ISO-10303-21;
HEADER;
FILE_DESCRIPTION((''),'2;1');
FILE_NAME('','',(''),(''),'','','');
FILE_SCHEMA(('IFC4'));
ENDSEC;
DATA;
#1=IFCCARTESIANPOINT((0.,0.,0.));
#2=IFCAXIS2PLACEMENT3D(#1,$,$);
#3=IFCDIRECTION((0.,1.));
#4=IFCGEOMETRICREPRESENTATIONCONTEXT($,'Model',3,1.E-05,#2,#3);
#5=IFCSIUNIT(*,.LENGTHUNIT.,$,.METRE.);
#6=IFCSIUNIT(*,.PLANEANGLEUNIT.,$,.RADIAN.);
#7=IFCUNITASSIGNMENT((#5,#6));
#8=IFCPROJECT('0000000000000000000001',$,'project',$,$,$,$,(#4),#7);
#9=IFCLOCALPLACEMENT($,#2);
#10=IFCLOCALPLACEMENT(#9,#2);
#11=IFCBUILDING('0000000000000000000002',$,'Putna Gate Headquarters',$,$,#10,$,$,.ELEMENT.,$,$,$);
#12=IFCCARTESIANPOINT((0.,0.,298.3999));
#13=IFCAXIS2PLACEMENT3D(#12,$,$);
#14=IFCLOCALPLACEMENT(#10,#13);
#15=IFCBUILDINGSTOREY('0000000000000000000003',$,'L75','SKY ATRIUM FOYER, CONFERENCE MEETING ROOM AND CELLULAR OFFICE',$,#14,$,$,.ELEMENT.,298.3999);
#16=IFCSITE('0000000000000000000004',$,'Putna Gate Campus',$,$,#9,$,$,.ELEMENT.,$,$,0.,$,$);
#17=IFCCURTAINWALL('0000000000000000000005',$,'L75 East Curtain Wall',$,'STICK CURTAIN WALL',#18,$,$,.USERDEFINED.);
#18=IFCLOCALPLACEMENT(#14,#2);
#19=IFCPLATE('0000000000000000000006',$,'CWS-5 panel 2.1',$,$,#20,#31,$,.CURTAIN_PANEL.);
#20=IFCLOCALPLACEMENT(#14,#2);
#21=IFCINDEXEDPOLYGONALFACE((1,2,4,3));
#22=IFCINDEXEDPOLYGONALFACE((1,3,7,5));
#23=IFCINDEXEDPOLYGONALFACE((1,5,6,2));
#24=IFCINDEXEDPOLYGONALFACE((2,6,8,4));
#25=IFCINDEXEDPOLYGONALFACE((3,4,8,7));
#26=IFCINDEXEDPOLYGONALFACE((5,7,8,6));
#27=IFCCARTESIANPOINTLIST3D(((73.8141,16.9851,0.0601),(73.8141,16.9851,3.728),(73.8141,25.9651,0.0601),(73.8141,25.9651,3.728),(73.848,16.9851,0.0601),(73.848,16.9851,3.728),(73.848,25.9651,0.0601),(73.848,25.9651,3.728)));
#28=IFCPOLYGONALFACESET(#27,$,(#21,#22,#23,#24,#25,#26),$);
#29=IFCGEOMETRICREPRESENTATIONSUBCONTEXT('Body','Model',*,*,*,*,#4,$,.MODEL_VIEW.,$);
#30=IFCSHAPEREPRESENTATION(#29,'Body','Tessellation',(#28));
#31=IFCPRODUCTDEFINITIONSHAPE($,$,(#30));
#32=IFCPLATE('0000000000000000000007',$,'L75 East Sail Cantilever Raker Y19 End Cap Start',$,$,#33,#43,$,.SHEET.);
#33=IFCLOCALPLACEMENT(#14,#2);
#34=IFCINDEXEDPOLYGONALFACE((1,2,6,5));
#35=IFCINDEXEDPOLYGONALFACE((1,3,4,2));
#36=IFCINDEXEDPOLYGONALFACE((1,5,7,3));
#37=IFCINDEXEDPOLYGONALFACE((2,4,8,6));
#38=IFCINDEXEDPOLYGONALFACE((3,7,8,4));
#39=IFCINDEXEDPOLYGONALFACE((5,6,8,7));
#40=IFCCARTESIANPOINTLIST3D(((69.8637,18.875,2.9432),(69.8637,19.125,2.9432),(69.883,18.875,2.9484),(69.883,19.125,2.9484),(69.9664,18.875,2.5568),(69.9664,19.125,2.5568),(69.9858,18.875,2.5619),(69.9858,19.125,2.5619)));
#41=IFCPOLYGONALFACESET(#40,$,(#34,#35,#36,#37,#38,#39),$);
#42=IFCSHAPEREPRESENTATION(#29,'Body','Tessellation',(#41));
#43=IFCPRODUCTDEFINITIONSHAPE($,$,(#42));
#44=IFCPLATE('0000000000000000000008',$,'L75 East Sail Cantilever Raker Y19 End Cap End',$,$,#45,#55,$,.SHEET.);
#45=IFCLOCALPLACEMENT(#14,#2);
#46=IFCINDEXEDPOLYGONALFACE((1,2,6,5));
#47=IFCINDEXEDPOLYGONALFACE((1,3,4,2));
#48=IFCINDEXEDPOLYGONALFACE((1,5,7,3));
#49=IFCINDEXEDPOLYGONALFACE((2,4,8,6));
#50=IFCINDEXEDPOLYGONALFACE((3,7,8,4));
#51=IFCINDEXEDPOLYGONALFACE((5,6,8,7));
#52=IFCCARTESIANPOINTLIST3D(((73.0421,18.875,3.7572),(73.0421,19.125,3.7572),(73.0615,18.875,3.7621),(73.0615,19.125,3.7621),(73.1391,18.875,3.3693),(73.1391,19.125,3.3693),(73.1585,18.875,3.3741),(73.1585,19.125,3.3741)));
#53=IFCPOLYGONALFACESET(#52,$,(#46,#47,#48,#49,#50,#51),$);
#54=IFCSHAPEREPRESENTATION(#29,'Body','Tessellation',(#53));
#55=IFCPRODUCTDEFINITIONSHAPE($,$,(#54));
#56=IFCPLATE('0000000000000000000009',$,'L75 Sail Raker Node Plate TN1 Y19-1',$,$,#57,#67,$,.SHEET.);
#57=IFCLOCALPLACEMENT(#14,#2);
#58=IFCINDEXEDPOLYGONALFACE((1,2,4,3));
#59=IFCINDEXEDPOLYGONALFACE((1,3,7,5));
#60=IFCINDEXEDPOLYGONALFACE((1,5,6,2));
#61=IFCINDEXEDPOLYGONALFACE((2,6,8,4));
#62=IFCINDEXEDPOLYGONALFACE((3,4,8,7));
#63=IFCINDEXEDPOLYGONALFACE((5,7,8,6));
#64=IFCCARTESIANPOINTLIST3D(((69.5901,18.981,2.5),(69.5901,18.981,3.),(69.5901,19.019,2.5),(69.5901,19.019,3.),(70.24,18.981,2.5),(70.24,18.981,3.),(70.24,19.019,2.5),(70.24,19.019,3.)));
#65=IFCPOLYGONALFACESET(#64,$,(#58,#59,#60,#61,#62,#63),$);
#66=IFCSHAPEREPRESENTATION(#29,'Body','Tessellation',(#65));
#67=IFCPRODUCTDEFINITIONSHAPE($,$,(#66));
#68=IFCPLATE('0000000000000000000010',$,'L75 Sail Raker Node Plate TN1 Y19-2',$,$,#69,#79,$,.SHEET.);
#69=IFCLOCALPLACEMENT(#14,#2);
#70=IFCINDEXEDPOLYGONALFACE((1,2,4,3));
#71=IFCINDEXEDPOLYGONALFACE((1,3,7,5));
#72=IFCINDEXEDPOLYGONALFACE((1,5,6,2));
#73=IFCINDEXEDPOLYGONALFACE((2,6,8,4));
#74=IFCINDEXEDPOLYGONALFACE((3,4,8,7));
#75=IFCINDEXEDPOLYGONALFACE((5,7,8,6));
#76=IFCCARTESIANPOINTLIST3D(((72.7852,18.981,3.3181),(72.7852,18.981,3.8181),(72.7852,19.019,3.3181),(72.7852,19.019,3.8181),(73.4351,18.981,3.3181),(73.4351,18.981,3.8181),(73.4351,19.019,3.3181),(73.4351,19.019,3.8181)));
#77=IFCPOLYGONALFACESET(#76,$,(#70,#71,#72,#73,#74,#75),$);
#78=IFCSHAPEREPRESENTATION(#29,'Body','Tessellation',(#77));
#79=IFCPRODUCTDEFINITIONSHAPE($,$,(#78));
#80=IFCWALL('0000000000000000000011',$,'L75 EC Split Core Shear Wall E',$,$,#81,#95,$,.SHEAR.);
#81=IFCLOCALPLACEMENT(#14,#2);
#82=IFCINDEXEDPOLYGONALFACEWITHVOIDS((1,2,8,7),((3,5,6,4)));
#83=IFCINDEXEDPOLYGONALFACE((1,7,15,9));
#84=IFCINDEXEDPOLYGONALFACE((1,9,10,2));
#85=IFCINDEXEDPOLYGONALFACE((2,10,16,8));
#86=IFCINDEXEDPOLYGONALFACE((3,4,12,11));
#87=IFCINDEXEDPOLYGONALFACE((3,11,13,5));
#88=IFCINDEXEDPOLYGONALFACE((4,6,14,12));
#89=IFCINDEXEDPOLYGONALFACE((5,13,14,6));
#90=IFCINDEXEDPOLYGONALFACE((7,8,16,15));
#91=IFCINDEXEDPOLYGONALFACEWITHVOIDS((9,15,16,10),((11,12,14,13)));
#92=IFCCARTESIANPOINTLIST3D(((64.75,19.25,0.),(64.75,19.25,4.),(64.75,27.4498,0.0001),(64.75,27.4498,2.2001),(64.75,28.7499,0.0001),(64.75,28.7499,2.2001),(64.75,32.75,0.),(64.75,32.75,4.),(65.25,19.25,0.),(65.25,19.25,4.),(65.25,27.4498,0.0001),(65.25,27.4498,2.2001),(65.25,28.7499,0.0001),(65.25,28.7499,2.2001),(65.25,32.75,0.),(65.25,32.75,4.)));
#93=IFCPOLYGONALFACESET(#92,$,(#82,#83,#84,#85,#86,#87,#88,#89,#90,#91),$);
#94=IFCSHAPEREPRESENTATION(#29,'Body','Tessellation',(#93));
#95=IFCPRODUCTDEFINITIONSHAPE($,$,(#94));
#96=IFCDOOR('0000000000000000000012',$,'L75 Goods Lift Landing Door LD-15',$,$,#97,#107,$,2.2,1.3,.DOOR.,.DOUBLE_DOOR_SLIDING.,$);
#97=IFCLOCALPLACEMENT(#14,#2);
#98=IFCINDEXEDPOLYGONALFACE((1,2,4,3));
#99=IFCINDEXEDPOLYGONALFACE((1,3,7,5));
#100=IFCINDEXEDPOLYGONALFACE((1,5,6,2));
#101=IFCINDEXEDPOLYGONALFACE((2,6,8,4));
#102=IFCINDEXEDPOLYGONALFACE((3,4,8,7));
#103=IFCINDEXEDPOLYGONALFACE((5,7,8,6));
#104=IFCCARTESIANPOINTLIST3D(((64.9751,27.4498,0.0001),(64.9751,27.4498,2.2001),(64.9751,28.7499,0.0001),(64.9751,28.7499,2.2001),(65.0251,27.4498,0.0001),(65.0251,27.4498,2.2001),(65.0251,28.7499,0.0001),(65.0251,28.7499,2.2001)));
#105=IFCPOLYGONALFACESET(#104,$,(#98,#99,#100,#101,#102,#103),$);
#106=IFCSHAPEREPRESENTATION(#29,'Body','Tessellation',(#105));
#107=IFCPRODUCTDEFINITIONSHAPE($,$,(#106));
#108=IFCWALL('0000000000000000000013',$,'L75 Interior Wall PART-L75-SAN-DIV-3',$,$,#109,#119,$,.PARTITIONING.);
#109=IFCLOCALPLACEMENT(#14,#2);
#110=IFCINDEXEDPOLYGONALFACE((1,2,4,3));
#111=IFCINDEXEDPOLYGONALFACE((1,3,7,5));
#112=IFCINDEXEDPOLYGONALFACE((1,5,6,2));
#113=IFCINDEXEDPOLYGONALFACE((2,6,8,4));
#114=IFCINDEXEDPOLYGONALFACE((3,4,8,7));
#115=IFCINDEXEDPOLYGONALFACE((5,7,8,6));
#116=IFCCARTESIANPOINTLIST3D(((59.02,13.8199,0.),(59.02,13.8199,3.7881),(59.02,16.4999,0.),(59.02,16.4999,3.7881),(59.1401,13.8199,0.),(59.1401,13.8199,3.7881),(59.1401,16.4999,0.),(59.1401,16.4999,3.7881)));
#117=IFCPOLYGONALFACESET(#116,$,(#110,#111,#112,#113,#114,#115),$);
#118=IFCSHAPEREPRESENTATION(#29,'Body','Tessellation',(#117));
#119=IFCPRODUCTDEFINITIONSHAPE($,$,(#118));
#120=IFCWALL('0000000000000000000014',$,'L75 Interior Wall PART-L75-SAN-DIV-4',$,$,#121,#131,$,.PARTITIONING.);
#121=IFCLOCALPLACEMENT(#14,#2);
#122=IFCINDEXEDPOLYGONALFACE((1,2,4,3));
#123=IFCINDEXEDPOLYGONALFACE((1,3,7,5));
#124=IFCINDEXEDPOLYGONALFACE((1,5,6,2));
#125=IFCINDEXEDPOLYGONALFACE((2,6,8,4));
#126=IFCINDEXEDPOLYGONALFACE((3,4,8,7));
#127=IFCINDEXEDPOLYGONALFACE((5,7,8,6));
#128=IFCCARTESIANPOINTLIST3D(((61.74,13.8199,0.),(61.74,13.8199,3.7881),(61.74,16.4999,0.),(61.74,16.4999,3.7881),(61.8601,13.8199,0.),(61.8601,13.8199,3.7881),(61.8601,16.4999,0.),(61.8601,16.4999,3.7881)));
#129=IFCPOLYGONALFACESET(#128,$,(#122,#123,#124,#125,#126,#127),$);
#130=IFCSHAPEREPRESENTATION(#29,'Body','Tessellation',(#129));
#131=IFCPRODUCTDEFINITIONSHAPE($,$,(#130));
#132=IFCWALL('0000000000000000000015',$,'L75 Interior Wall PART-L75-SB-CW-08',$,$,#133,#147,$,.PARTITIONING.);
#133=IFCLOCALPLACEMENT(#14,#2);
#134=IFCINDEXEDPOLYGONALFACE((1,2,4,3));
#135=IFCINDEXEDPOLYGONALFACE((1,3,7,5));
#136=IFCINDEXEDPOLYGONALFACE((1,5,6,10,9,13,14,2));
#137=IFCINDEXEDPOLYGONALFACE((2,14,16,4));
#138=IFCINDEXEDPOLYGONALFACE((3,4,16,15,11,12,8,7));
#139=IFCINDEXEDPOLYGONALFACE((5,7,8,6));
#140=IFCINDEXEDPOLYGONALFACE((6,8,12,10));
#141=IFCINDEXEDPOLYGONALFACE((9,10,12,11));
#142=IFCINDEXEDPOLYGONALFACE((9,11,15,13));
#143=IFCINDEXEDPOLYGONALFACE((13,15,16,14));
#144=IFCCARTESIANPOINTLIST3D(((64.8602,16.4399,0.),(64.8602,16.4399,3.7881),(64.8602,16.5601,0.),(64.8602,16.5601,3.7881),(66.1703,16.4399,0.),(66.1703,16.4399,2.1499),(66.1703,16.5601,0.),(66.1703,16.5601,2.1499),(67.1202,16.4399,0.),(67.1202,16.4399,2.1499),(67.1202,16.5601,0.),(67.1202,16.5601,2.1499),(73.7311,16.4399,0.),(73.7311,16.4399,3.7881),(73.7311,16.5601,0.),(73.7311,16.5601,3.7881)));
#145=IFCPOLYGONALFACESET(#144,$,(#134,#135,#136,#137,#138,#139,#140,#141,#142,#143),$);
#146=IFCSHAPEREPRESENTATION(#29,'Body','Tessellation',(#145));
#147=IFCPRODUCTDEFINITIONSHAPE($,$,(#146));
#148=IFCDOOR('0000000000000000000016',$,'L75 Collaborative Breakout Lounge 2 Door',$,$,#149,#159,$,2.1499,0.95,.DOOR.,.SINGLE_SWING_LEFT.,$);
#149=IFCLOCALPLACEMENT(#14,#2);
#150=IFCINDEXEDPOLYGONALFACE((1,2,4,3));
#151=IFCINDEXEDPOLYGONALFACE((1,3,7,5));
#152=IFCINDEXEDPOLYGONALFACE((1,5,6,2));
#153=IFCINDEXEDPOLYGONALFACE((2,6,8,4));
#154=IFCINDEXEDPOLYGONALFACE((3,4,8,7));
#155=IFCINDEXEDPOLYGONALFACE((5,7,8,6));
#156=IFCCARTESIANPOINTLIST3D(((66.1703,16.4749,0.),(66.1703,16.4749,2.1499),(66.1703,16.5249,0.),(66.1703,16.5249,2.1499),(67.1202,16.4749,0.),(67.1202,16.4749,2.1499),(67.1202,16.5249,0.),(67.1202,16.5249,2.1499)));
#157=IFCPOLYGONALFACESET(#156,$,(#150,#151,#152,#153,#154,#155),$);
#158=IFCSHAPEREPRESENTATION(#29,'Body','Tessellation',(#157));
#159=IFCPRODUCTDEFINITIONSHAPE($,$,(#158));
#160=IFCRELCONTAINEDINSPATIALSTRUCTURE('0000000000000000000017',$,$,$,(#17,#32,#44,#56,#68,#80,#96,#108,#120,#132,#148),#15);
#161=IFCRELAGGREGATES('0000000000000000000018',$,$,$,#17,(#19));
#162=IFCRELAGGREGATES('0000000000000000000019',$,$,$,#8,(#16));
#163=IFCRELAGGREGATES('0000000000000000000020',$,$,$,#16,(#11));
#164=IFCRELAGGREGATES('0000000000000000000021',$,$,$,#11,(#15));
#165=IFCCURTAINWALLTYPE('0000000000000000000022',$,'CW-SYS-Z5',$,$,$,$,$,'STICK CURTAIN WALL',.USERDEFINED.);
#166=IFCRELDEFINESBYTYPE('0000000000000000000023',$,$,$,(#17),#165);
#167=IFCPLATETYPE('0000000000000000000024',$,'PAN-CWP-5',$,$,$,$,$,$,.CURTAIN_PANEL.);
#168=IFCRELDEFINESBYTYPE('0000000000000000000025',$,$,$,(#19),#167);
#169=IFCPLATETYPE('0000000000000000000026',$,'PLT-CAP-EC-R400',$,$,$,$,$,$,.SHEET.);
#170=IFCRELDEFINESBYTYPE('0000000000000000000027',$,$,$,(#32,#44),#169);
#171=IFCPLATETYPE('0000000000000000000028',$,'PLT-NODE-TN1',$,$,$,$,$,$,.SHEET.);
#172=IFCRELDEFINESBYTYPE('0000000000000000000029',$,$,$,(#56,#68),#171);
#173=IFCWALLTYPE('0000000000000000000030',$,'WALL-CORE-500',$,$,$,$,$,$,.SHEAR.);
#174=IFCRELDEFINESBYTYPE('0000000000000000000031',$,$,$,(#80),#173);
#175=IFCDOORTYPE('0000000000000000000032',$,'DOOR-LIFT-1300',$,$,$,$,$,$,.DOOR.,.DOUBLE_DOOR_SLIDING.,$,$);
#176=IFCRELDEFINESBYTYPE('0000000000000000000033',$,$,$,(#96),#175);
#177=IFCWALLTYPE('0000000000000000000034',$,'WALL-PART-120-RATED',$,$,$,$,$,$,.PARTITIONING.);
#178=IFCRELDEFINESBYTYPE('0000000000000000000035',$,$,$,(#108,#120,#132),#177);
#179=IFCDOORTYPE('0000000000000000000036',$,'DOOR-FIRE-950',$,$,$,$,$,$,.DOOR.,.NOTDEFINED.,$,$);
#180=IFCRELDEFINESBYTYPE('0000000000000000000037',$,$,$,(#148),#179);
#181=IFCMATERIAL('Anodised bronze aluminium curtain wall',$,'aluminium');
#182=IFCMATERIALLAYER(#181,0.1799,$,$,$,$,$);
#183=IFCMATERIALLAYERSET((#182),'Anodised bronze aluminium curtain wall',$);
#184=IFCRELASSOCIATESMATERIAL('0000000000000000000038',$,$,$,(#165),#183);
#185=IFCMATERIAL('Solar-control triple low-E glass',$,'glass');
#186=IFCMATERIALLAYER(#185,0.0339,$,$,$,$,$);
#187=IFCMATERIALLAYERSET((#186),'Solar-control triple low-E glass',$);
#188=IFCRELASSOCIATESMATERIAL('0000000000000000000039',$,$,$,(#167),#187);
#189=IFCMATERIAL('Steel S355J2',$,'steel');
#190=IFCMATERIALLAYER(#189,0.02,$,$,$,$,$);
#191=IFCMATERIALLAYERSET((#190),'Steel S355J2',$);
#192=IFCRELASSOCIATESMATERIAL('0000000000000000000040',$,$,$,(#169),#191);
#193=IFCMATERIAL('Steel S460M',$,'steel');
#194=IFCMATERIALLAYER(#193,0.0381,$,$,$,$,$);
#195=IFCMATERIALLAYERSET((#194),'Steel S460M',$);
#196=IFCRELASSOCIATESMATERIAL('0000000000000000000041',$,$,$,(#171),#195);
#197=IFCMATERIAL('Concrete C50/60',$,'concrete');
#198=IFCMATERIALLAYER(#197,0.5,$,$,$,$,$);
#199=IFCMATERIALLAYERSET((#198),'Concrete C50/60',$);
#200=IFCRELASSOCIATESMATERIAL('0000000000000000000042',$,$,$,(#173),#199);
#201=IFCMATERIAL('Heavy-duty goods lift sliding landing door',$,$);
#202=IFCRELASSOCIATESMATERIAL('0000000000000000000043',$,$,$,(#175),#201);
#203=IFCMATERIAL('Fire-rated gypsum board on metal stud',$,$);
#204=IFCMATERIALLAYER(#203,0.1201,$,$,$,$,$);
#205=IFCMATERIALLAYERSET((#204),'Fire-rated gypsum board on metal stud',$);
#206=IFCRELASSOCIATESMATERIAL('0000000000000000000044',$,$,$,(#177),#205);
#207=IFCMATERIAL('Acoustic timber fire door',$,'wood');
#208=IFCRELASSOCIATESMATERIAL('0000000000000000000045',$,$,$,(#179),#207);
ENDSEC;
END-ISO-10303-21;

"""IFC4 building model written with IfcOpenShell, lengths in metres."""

from ifc_helpers import new_model, si_unit, direction, frame, frame_2d, origin, origin_2d, place, context, subcontext, project, spatial, rectangle, extrude, material, layer, layer_set, type_object, element, fill, aggregate, save


model = new_model("IFC4")

# Units and contexts
model_context = context("Model", 3, precision=1e-05, world=origin(), true_north=direction((0.0, 1.0)))
body_context = subcontext(model_context, "Body", "Model", "MODEL_VIEW")
ifc_project = project(units=[si_unit("LENGTHUNIT", "METRE"), si_unit("PLANEANGLEUNIT", "RADIAN")], contexts=[model_context])

# Site, building, storey
site_placement = place(None, origin())
site = spatial("IfcSite", under=ifc_project, at=site_placement, Name="Putna Gate Campus", CompositionType="ELEMENT", RefElevation=0.0)
building_placement = place(site_placement, origin())
building = spatial("IfcBuilding", under=site, at=building_placement, Name="Putna Gate Headquarters", CompositionType="ELEMENT")
storey_placement = place(building_placement, frame((0.0, 0.0, 298.3999)))
storey = spatial("IfcBuildingStorey", under=building, at=storey_placement, Name="L75", Description="SKY ATRIUM FOYER, CONFERENCE MEETING ROOM AND CELLULAR OFFICE", CompositionType="ELEMENT", Elevation=298.3999)

# Shared definitions
ifc_material_1 = material(Name="Steel S460M", Category="steel")

# Shared definitions
ifc_material_2 = material(Name="Steel S355J2", Category="steel")

# Curtain wall, plate
ifc_material_3 = material(Name="Anodised bronze aluminium curtain wall", Category="aluminium")
ifc_layer_1 = layer(ifc_material_3, 0.1799)
ifc_layer_set_1 = layer_set([ifc_layer_1], Name="Anodised bronze aluminium curtain wall")
curtain_wall_type = type_object("IfcCurtainWallType", Name="CW-SYS-Z5", ElementType="STICK CURTAIN WALL", PredefinedType="USERDEFINED", material=ifc_layer_set_1)
curtain_wall_placement = place(storey_placement, origin())
curtain_wall = element("IfcCurtainWall", 1, at=curtain_wall_placement, inside=storey, type_object=curtain_wall_type, Name="L75 East Curtain Wall", ObjectType="STICK CURTAIN WALL", PredefinedType="USERDEFINED")
ifc_material_4 = material(Name="Solar-control triple low-E glass", Category="glass")
ifc_layer_2 = layer(ifc_material_4, 0.0339)
ifc_layer_set_2 = layer_set([ifc_layer_2], Name="Solar-control triple low-E glass")
plate_type_1 = type_object("IfcPlateType", Name="PAN-CWP-5", PredefinedType="CURTAIN_PANEL", material=ifc_layer_set_2)
plate_placement = place(storey_placement, frame((73.8311, 21.4751, 0.0601), z_axis=(0.0, 0.0, 1.0), x_axis=(0.0, 1.0, 0.0)))
plate = element("IfcPlate", 2, at=plate_placement, type_object=plate_type_1, Name="CWS-5 panel 2.1", PredefinedType="CURTAIN_PANEL", context=body_context, shape_type="SweptSolid", body=[
    extrude(rectangle(XDim=8.98, YDim=0.0339, at=origin_2d()), origin(), (0.0, 0.0, 1.0), 3.668),
])
aggregate(curtain_wall, [plate])

# Plates
ifc_layer_3 = layer(ifc_material_2, 0.02)
ifc_layer_set_3 = layer_set([ifc_layer_3], Name="Steel S355J2")
plate_type_2 = type_object("IfcPlateType", Name="PLT-CAP-EC-R400", PredefinedType="SHEET", material=ifc_layer_set_3)
for number, where, z_axis, x_axis, name in (
    (3, (69.915, 19.0, 2.75), (0.966438, 0.0, 0.256901), (0.0, 1.0, 0.0), "L75 East Sail Cantilever Raker Y19 End Cap Start"),
    (4, (73.0906, 19.0, 3.5632), (0.970143, 0.0, 0.242536), (0.0, 1.0, 0.0), "L75 East Sail Cantilever Raker Y19 End Cap End"),
):
    element("IfcPlate", number, at=place(storey_placement, frame(where, z_axis=z_axis, x_axis=x_axis)), inside=storey, type_object=plate_type_2, Name=name, PredefinedType="SHEET", context=body_context, shape_type="SweptSolid", body=[
        extrude(rectangle(XDim=0.25, YDim=0.3999, at=origin_2d()), origin(), (0.0, 0.0, 1.0), 0.02),
    ])
ifc_layer_4 = layer(ifc_material_1, 0.0381)
ifc_layer_set_4 = layer_set([ifc_layer_4], Name="Steel S460M")
plate_type_3 = type_object("IfcPlateType", Name="PLT-NODE-TN1", PredefinedType="SHEET", material=ifc_layer_set_4)
for number, where, z_axis, x_axis, name in (
    (5, (69.915, 19.0, 2.5), (0.0, 0.0, 1.0), (1.0, 0.0, 0.0), "L75 Sail Raker Node Plate TN1 Y19-1"),
    (6, (73.1101, 19.0, 3.3181), (0.0, 0.0, 1.0), (1.0, 0.0, 0.0), "L75 Sail Raker Node Plate TN1 Y19-2"),
):
    element("IfcPlate", number, at=place(storey_placement, frame(where, z_axis=z_axis, x_axis=x_axis)), inside=storey, type_object=plate_type_3, Name=name, PredefinedType="SHEET", context=body_context, shape_type="SweptSolid", body=[
        extrude(rectangle(XDim=0.6499, YDim=0.0381, at=origin_2d()), origin(), (0.0, 0.0, 1.0), 0.5),
    ])

# Wall, opening, door
ifc_material_5 = material(Name="Concrete C50/60", Category="concrete")
ifc_layer_5 = layer(ifc_material_5, 0.5)
ifc_layer_set_5 = layer_set([ifc_layer_5], Name="Concrete C50/60")
wall_type_1 = type_object("IfcWallType", Name="WALL-CORE-500", PredefinedType="SHEAR", material=ifc_layer_set_5)
wall_1_placement = place(storey_placement, frame((65.0, 19.25, 0.0), z_axis=(0.0, 0.0, 1.0), x_axis=(0.0, 1.0, 0.0)))
wall_1 = element("IfcWall", 7, at=wall_1_placement, inside=storey, type_object=wall_type_1, Name="L75 EC Split Core Shear Wall E", PredefinedType="SHEAR", context=body_context, shape_type="SweptSolid", body=[
    extrude(rectangle(XDim=13.5, YDim=0.5, at=frame_2d((6.75, 0.0))), origin(), (0.0, 0.0, 1.0), 4.0),
])
opening_1_placement = place(wall_1_placement, frame((8.2, 0.0, 0.0)))
opening_1 = element("IfcOpeningElement", 8, at=opening_1_placement, cuts=wall_1, PredefinedType="OPENING", context=body_context, shape_type="SweptSolid", body=[
    extrude(rectangle(XDim=1.3, YDim=2.2, at=frame_2d((0.6499, 1.1001))), frame((0.0, 0.26, 0.0), z_axis=(0.0, -1.0, 0.0), x_axis=(1.0, 0.0, 0.0)), (0.0, 0.0, 1.0), 0.52),
])
ifc_material_6 = material(Name="Heavy-duty goods lift sliding landing door")
door_type_1 = type_object("IfcDoorType", Name="DOOR-LIFT-1300", OperationType="DOUBLE_DOOR_SLIDING", PredefinedType="DOOR", material=ifc_material_6)
door_1_placement = place(opening_1_placement, origin())
door_1 = element("IfcDoor", 9, at=door_1_placement, inside=storey, type_object=door_type_1, Name="L75 Goods Lift Landing Door LD-15", OperationType="DOUBLE_DOOR_SLIDING", OverallHeight=2.2, OverallWidth=1.3, PredefinedType="DOOR", context=body_context, shape_type="SweptSolid", body=[
    extrude(rectangle(XDim=1.3, YDim=2.2, at=frame_2d((0.6499, 1.1001))), frame((0.0, 0.0249, 0.0), z_axis=(0.0, -1.0, 0.0), x_axis=(1.0, 0.0, 0.0)), (0.0, 0.0, 1.0), 0.05),
])
fill(opening_1, door_1)

# Walls
ifc_material_7 = material(Name="Fire-rated gypsum board on metal stud")
ifc_layer_6 = layer(ifc_material_7, 0.1201)
ifc_layer_set_6 = layer_set([ifc_layer_6], Name="Fire-rated gypsum board on metal stud")
wall_type_2 = type_object("IfcWallType", Name="WALL-PART-120-RATED", PredefinedType="PARTITIONING", material=ifc_layer_set_6)
for number, where, z_axis, x_axis, name in (
    (10, (59.0801, 13.8201, 0.0), (0.0, 0.0, 1.0), (0.0, 1.0, 0.0), "L75 Interior Wall PART-L75-SAN-DIV-3"),
    (11, (61.8, 13.8201, 0.0), (0.0, 0.0, 1.0), (0.0, 1.0, 0.0), "L75 Interior Wall PART-L75-SAN-DIV-4"),
):
    element("IfcWall", number, at=place(storey_placement, frame(where, z_axis=z_axis, x_axis=x_axis)), inside=storey, type_object=wall_type_2, Name=name, PredefinedType="PARTITIONING", context=body_context, shape_type="SweptSolid", body=[
        extrude(rectangle(XDim=2.6799, YDim=0.1201, at=frame_2d((1.3398, 0.0))), origin(), (0.0, 0.0, 1.0), 3.7881),
    ])

# Wall, opening, door
wall_2_placement = place(storey_placement, frame((64.8601, 16.5, 0.0), z_axis=(0.0, 0.0, 1.0), x_axis=(1.0, 0.0, 0.0)))
wall_2 = element("IfcWall", 12, at=wall_2_placement, inside=storey, type_object=wall_type_2, Name="L75 Interior Wall PART-L75-SB-CW-08", PredefinedType="PARTITIONING", context=body_context, shape_type="SweptSolid", body=[
    extrude(rectangle(XDim=8.8708, YDim=0.1201, at=frame_2d((4.4355, 0.0))), origin(), (0.0, 0.0, 1.0), 3.7881),
])
opening_2_placement = place(wall_2_placement, frame((1.3101, 0.0, 0.0)))
opening_2 = element("IfcOpeningElement", 13, at=opening_2_placement, cuts=wall_2, PredefinedType="OPENING", context=body_context, shape_type="SweptSolid", body=[
    extrude(rectangle(XDim=0.95, YDim=2.1499, at=frame_2d((0.4751, 1.075))), frame((0.0, 0.0701, 0.0), z_axis=(0.0, -1.0, 0.0), x_axis=(1.0, 0.0, 0.0)), (0.0, 0.0, 1.0), 0.1401),
])
ifc_material_8 = material(Name="Acoustic timber fire door", Category="wood")
door_type_2 = type_object("IfcDoorType", Name="DOOR-FIRE-950", OperationType="NOTDEFINED", PredefinedType="DOOR", material=ifc_material_8)
door_2_placement = place(opening_2_placement, origin())
door_2 = element("IfcDoor", 14, at=door_2_placement, inside=storey, type_object=door_type_2, Name="L75 Collaborative Breakout Lounge 2 Door", OperationType="SINGLE_SWING_LEFT", OverallHeight=2.1499, OverallWidth=0.95, PredefinedType="DOOR", context=body_context, shape_type="SweptSolid", body=[
    extrude(rectangle(XDim=0.95, YDim=2.1499, at=frame_2d((0.4751, 1.075))), frame((0.0, 0.0249, 0.0), z_axis=(0.0, -1.0, 0.0), x_axis=(1.0, 0.0, 0.0)), (0.0, 0.0, 1.0), 0.05),
])
fill(opening_2, door_2)

save(model, "model.ifc")
